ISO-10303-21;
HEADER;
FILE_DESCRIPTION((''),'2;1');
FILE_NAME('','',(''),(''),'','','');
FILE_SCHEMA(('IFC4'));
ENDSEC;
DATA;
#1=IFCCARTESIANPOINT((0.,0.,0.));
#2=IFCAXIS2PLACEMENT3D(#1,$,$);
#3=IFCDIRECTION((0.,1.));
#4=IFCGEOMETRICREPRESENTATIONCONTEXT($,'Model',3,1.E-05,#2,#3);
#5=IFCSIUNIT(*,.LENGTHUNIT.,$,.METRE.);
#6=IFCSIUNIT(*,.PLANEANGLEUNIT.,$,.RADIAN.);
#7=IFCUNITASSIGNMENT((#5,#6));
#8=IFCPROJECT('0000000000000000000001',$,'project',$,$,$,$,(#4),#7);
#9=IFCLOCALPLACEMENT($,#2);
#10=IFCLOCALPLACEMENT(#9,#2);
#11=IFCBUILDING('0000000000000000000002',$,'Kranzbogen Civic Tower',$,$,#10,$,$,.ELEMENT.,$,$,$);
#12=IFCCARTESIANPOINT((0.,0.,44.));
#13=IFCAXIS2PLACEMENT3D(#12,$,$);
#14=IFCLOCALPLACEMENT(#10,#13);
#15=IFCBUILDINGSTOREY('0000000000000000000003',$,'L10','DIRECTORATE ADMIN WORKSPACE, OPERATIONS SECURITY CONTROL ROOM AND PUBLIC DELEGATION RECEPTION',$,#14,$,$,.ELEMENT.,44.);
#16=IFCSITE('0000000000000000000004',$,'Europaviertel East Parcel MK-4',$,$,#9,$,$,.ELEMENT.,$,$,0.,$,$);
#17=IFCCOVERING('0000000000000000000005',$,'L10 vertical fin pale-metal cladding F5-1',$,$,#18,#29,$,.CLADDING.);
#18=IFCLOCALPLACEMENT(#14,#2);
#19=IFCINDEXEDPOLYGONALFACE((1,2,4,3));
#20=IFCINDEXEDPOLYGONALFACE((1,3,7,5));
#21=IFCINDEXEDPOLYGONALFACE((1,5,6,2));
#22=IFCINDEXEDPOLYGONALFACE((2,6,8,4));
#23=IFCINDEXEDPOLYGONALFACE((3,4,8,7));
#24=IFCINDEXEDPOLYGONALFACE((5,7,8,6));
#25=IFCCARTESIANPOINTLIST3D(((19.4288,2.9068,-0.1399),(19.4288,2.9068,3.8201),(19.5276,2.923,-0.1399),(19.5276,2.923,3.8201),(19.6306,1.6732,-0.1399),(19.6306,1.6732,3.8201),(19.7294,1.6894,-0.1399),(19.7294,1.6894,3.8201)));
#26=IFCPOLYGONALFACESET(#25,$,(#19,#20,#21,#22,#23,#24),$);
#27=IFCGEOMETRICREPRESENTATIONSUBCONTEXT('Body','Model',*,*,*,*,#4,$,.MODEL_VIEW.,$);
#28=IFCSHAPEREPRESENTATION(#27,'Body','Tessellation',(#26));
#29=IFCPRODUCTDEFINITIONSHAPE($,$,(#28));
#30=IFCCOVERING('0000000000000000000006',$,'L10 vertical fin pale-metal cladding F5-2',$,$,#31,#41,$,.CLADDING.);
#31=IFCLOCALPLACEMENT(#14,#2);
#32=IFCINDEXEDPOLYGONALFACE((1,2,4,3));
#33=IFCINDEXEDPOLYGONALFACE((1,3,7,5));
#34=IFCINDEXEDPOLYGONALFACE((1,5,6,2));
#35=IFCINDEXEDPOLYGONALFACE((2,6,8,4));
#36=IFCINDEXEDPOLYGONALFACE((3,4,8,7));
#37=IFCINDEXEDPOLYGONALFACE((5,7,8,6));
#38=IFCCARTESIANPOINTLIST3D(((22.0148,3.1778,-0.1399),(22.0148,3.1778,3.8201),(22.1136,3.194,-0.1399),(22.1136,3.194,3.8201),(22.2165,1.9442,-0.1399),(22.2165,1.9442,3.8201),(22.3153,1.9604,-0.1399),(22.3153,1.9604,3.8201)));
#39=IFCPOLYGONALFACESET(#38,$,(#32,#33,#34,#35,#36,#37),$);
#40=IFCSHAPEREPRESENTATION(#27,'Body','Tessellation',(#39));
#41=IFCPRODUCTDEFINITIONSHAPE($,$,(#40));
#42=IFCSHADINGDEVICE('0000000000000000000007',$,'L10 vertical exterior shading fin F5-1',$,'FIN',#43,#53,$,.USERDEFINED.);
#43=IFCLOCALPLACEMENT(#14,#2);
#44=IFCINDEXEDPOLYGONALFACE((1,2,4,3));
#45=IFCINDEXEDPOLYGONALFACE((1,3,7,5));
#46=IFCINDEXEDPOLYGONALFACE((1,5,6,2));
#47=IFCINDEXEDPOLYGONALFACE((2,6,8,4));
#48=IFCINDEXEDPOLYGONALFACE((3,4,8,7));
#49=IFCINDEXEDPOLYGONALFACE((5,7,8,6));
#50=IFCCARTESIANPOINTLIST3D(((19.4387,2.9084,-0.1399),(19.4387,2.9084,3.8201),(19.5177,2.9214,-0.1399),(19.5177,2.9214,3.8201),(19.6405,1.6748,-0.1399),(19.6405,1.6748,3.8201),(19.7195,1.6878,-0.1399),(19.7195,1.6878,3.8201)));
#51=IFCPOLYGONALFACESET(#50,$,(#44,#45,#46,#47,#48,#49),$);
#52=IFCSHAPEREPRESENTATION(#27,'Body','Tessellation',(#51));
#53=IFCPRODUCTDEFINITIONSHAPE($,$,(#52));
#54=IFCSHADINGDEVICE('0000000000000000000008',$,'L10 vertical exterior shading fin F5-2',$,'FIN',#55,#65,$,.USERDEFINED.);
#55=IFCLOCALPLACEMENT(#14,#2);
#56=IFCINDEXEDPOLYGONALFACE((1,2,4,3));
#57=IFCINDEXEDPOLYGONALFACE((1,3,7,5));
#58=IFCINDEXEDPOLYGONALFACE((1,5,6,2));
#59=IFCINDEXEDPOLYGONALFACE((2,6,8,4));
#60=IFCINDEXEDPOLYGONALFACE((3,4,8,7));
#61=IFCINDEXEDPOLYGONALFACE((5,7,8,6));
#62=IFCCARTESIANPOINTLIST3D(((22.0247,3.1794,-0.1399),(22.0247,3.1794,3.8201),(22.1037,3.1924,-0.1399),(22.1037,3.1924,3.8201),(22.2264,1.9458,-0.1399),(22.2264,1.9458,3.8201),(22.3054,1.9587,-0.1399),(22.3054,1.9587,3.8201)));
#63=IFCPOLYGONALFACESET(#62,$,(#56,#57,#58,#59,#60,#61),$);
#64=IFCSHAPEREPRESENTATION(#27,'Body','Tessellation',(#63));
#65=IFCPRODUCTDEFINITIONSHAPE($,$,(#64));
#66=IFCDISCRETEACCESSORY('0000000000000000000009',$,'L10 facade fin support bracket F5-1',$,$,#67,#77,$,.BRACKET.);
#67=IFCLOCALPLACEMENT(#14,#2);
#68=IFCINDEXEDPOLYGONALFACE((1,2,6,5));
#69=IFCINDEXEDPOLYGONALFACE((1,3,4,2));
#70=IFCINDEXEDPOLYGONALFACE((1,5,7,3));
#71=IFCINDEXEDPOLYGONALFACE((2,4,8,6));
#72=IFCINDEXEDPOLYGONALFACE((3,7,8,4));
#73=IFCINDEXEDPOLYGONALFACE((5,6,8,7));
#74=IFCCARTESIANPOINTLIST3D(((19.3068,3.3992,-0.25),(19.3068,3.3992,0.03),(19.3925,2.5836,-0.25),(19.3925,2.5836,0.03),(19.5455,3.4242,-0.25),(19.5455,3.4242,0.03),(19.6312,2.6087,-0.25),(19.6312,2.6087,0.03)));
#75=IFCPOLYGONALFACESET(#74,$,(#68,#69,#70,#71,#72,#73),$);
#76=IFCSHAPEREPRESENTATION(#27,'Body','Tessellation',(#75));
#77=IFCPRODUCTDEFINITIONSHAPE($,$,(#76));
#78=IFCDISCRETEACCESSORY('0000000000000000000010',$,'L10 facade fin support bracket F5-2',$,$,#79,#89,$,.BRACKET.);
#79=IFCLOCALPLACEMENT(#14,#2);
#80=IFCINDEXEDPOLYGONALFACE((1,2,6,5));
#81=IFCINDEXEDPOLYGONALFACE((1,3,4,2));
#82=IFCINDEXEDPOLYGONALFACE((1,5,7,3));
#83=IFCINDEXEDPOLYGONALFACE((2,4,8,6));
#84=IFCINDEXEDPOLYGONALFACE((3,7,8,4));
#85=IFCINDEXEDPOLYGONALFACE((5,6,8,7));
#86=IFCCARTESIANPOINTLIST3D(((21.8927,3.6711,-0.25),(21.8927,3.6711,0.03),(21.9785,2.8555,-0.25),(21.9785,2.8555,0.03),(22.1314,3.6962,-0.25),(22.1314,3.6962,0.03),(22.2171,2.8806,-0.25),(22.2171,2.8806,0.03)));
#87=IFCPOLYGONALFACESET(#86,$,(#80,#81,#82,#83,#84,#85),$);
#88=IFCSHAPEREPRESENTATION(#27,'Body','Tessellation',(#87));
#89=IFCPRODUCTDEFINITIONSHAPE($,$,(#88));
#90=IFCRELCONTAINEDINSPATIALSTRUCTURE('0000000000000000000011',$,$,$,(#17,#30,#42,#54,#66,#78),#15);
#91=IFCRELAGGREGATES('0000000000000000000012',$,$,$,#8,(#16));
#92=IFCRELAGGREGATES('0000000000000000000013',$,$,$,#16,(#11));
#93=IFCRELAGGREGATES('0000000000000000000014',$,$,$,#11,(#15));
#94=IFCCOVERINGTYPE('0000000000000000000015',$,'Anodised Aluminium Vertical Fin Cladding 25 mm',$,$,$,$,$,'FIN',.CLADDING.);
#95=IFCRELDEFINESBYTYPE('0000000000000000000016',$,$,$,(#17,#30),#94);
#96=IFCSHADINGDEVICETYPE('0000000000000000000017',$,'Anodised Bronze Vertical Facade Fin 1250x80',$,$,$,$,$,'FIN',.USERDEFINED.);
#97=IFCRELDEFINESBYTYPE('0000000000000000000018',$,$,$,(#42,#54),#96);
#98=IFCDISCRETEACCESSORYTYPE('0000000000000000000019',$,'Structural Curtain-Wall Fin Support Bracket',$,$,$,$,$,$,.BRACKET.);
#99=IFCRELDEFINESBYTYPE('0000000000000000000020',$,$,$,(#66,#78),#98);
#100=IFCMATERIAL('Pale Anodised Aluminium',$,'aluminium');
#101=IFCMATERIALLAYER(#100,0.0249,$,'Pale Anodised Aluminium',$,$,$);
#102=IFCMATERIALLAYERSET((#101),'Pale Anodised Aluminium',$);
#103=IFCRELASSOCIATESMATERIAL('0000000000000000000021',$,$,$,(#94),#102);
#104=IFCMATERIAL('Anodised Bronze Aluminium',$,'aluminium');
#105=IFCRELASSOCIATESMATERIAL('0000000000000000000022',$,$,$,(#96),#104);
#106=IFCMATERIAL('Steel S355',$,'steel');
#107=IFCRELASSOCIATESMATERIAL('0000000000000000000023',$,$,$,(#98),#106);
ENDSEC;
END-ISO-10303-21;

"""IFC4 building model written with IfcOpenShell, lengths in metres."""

from ifc_helpers import new_model, si_unit, direction, frame, origin, origin_2d, place, context, subcontext, project, spatial, rectangle, extrude, material, layer, layer_set, type_object, element, save


model = new_model("IFC4")

# Units and contexts
model_context = context("Model", 3, precision=1e-05, world=origin(), true_north=direction((0.0, 1.0)))
body_context = subcontext(model_context, "Body", "Model", "MODEL_VIEW")
ifc_project = project(units=[si_unit("LENGTHUNIT", "METRE"), si_unit("PLANEANGLEUNIT", "RADIAN")], contexts=[model_context])

# Site, building, storey
site_placement = place(None, origin())
site = spatial("IfcSite", under=ifc_project, at=site_placement, Name="Europaviertel East Parcel MK-4", CompositionType="ELEMENT", RefElevation=0.0)
building_placement = place(site_placement, origin())
building = spatial("IfcBuilding", under=site, at=building_placement, Name="Kranzbogen Civic Tower", CompositionType="ELEMENT")
storey_placement = place(building_placement, frame((0.0, 0.0, 44.0)))
storey = spatial("IfcBuildingStorey", under=building, at=storey_placement, Name="L10", Description="DIRECTORATE ADMIN WORKSPACE, OPERATIONS SECURITY CONTROL ROOM AND PUBLIC DELEGATION RECEPTION", CompositionType="ELEMENT", Elevation=44.0)

# Shared definitions
ifc_material_1 = material(Name="Pale Anodised Aluminium", Category="aluminium")

# Shared definitions
ifc_material_2 = material(Name="Steel S355", Category="steel")

# Coverings
ifc_layer_1 = layer(ifc_material_1, 0.0249, Name="Pale Anodised Aluminium")
ifc_layer_set_1 = layer_set([ifc_layer_1], Name="Pale Anodised Aluminium")
covering_type = type_object("IfcCoveringType", Name="Anodised Aluminium Vertical Fin Cladding 25 mm", ElementType="FIN", PredefinedType="CLADDING", material=ifc_layer_set_1)
for number, where, z_axis, x_axis, name in (
    (1, (19.5791, 2.2981, -0.1399), (0.0, 0.0, 1.0), (0.161397, -0.98689, 0.0), "L10 vertical fin pale-metal cladding F5-1"),
    (2, (22.165, 2.5691, -0.1399), (0.0, 0.0, 1.0), (0.161397, -0.98689, 0.0), "L10 vertical fin pale-metal cladding F5-2"),
):
    element("IfcCovering", number, at=place(storey_placement, frame(where, z_axis=z_axis, x_axis=x_axis)), inside=storey, type_object=covering_type, Name=name, PredefinedType="CLADDING", context=body_context, shape_type="SweptSolid", body=[
        extrude(rectangle(XDim=1.25, YDim=0.1001, at=origin_2d()), origin(), (0.0, 0.0, 1.0), 3.96),
    ])

# Shading devices
ifc_material_3 = material(Name="Anodised Bronze Aluminium", Category="aluminium")
shading_device_type = type_object("IfcShadingDeviceType", Name="Anodised Bronze Vertical Facade Fin 1250x80", ElementType="FIN", PredefinedType="USERDEFINED", material=ifc_material_3)
for number, where, z_axis, x_axis, name in (
    (3, (19.5791, 2.2981, -0.1399), (0.0, 0.0, 1.0), (0.161397, -0.98689, 0.0), "L10 vertical exterior shading fin F5-1"),
    (4, (22.165, 2.5691, -0.1399), (0.0, 0.0, 1.0), (0.161397, -0.98689, 0.0), "L10 vertical exterior shading fin F5-2"),
):
    element("IfcShadingDevice", number, at=place(storey_placement, frame(where, z_axis=z_axis, x_axis=x_axis)), inside=storey, type_object=shading_device_type, Name=name, ObjectType="FIN", PredefinedType="USERDEFINED", context=body_context, shape_type="SweptSolid", body=[
        extrude(rectangle(XDim=1.25, YDim=0.0801, at=origin_2d()), origin(), (0.0, 0.0, 1.0), 3.96),
    ])

# Discrete accessories
discrete_accessory_type = type_object("IfcDiscreteAccessoryType", Name="Structural Curtain-Wall Fin Support Bracket", PredefinedType="BRACKET", material=ifc_material_2)
for number, where, z_axis, x_axis, name in (
    (5, (19.469, 3.0039, -0.25), (0.0, 0.0, 1.0), (0.104528, -0.994522, 0.0), "L10 facade fin support bracket F5-1"),
    (6, (22.0549, 3.2759, -0.25), (0.0, 0.0, 1.0), (0.104528, -0.994522, 0.0), "L10 facade fin support bracket F5-2"),
):
    element("IfcDiscreteAccessory", number, at=place(storey_placement, frame(where, z_axis=z_axis, x_axis=x_axis)), inside=storey, type_object=discrete_accessory_type, Name=name, PredefinedType="BRACKET", context=body_context, shape_type="SweptSolid", body=[
        extrude(rectangle(XDim=0.8201, YDim=0.24, at=origin_2d()), origin(), (0.0, 0.0, 1.0), 0.28),
    ])

save(model, "model.ifc")
